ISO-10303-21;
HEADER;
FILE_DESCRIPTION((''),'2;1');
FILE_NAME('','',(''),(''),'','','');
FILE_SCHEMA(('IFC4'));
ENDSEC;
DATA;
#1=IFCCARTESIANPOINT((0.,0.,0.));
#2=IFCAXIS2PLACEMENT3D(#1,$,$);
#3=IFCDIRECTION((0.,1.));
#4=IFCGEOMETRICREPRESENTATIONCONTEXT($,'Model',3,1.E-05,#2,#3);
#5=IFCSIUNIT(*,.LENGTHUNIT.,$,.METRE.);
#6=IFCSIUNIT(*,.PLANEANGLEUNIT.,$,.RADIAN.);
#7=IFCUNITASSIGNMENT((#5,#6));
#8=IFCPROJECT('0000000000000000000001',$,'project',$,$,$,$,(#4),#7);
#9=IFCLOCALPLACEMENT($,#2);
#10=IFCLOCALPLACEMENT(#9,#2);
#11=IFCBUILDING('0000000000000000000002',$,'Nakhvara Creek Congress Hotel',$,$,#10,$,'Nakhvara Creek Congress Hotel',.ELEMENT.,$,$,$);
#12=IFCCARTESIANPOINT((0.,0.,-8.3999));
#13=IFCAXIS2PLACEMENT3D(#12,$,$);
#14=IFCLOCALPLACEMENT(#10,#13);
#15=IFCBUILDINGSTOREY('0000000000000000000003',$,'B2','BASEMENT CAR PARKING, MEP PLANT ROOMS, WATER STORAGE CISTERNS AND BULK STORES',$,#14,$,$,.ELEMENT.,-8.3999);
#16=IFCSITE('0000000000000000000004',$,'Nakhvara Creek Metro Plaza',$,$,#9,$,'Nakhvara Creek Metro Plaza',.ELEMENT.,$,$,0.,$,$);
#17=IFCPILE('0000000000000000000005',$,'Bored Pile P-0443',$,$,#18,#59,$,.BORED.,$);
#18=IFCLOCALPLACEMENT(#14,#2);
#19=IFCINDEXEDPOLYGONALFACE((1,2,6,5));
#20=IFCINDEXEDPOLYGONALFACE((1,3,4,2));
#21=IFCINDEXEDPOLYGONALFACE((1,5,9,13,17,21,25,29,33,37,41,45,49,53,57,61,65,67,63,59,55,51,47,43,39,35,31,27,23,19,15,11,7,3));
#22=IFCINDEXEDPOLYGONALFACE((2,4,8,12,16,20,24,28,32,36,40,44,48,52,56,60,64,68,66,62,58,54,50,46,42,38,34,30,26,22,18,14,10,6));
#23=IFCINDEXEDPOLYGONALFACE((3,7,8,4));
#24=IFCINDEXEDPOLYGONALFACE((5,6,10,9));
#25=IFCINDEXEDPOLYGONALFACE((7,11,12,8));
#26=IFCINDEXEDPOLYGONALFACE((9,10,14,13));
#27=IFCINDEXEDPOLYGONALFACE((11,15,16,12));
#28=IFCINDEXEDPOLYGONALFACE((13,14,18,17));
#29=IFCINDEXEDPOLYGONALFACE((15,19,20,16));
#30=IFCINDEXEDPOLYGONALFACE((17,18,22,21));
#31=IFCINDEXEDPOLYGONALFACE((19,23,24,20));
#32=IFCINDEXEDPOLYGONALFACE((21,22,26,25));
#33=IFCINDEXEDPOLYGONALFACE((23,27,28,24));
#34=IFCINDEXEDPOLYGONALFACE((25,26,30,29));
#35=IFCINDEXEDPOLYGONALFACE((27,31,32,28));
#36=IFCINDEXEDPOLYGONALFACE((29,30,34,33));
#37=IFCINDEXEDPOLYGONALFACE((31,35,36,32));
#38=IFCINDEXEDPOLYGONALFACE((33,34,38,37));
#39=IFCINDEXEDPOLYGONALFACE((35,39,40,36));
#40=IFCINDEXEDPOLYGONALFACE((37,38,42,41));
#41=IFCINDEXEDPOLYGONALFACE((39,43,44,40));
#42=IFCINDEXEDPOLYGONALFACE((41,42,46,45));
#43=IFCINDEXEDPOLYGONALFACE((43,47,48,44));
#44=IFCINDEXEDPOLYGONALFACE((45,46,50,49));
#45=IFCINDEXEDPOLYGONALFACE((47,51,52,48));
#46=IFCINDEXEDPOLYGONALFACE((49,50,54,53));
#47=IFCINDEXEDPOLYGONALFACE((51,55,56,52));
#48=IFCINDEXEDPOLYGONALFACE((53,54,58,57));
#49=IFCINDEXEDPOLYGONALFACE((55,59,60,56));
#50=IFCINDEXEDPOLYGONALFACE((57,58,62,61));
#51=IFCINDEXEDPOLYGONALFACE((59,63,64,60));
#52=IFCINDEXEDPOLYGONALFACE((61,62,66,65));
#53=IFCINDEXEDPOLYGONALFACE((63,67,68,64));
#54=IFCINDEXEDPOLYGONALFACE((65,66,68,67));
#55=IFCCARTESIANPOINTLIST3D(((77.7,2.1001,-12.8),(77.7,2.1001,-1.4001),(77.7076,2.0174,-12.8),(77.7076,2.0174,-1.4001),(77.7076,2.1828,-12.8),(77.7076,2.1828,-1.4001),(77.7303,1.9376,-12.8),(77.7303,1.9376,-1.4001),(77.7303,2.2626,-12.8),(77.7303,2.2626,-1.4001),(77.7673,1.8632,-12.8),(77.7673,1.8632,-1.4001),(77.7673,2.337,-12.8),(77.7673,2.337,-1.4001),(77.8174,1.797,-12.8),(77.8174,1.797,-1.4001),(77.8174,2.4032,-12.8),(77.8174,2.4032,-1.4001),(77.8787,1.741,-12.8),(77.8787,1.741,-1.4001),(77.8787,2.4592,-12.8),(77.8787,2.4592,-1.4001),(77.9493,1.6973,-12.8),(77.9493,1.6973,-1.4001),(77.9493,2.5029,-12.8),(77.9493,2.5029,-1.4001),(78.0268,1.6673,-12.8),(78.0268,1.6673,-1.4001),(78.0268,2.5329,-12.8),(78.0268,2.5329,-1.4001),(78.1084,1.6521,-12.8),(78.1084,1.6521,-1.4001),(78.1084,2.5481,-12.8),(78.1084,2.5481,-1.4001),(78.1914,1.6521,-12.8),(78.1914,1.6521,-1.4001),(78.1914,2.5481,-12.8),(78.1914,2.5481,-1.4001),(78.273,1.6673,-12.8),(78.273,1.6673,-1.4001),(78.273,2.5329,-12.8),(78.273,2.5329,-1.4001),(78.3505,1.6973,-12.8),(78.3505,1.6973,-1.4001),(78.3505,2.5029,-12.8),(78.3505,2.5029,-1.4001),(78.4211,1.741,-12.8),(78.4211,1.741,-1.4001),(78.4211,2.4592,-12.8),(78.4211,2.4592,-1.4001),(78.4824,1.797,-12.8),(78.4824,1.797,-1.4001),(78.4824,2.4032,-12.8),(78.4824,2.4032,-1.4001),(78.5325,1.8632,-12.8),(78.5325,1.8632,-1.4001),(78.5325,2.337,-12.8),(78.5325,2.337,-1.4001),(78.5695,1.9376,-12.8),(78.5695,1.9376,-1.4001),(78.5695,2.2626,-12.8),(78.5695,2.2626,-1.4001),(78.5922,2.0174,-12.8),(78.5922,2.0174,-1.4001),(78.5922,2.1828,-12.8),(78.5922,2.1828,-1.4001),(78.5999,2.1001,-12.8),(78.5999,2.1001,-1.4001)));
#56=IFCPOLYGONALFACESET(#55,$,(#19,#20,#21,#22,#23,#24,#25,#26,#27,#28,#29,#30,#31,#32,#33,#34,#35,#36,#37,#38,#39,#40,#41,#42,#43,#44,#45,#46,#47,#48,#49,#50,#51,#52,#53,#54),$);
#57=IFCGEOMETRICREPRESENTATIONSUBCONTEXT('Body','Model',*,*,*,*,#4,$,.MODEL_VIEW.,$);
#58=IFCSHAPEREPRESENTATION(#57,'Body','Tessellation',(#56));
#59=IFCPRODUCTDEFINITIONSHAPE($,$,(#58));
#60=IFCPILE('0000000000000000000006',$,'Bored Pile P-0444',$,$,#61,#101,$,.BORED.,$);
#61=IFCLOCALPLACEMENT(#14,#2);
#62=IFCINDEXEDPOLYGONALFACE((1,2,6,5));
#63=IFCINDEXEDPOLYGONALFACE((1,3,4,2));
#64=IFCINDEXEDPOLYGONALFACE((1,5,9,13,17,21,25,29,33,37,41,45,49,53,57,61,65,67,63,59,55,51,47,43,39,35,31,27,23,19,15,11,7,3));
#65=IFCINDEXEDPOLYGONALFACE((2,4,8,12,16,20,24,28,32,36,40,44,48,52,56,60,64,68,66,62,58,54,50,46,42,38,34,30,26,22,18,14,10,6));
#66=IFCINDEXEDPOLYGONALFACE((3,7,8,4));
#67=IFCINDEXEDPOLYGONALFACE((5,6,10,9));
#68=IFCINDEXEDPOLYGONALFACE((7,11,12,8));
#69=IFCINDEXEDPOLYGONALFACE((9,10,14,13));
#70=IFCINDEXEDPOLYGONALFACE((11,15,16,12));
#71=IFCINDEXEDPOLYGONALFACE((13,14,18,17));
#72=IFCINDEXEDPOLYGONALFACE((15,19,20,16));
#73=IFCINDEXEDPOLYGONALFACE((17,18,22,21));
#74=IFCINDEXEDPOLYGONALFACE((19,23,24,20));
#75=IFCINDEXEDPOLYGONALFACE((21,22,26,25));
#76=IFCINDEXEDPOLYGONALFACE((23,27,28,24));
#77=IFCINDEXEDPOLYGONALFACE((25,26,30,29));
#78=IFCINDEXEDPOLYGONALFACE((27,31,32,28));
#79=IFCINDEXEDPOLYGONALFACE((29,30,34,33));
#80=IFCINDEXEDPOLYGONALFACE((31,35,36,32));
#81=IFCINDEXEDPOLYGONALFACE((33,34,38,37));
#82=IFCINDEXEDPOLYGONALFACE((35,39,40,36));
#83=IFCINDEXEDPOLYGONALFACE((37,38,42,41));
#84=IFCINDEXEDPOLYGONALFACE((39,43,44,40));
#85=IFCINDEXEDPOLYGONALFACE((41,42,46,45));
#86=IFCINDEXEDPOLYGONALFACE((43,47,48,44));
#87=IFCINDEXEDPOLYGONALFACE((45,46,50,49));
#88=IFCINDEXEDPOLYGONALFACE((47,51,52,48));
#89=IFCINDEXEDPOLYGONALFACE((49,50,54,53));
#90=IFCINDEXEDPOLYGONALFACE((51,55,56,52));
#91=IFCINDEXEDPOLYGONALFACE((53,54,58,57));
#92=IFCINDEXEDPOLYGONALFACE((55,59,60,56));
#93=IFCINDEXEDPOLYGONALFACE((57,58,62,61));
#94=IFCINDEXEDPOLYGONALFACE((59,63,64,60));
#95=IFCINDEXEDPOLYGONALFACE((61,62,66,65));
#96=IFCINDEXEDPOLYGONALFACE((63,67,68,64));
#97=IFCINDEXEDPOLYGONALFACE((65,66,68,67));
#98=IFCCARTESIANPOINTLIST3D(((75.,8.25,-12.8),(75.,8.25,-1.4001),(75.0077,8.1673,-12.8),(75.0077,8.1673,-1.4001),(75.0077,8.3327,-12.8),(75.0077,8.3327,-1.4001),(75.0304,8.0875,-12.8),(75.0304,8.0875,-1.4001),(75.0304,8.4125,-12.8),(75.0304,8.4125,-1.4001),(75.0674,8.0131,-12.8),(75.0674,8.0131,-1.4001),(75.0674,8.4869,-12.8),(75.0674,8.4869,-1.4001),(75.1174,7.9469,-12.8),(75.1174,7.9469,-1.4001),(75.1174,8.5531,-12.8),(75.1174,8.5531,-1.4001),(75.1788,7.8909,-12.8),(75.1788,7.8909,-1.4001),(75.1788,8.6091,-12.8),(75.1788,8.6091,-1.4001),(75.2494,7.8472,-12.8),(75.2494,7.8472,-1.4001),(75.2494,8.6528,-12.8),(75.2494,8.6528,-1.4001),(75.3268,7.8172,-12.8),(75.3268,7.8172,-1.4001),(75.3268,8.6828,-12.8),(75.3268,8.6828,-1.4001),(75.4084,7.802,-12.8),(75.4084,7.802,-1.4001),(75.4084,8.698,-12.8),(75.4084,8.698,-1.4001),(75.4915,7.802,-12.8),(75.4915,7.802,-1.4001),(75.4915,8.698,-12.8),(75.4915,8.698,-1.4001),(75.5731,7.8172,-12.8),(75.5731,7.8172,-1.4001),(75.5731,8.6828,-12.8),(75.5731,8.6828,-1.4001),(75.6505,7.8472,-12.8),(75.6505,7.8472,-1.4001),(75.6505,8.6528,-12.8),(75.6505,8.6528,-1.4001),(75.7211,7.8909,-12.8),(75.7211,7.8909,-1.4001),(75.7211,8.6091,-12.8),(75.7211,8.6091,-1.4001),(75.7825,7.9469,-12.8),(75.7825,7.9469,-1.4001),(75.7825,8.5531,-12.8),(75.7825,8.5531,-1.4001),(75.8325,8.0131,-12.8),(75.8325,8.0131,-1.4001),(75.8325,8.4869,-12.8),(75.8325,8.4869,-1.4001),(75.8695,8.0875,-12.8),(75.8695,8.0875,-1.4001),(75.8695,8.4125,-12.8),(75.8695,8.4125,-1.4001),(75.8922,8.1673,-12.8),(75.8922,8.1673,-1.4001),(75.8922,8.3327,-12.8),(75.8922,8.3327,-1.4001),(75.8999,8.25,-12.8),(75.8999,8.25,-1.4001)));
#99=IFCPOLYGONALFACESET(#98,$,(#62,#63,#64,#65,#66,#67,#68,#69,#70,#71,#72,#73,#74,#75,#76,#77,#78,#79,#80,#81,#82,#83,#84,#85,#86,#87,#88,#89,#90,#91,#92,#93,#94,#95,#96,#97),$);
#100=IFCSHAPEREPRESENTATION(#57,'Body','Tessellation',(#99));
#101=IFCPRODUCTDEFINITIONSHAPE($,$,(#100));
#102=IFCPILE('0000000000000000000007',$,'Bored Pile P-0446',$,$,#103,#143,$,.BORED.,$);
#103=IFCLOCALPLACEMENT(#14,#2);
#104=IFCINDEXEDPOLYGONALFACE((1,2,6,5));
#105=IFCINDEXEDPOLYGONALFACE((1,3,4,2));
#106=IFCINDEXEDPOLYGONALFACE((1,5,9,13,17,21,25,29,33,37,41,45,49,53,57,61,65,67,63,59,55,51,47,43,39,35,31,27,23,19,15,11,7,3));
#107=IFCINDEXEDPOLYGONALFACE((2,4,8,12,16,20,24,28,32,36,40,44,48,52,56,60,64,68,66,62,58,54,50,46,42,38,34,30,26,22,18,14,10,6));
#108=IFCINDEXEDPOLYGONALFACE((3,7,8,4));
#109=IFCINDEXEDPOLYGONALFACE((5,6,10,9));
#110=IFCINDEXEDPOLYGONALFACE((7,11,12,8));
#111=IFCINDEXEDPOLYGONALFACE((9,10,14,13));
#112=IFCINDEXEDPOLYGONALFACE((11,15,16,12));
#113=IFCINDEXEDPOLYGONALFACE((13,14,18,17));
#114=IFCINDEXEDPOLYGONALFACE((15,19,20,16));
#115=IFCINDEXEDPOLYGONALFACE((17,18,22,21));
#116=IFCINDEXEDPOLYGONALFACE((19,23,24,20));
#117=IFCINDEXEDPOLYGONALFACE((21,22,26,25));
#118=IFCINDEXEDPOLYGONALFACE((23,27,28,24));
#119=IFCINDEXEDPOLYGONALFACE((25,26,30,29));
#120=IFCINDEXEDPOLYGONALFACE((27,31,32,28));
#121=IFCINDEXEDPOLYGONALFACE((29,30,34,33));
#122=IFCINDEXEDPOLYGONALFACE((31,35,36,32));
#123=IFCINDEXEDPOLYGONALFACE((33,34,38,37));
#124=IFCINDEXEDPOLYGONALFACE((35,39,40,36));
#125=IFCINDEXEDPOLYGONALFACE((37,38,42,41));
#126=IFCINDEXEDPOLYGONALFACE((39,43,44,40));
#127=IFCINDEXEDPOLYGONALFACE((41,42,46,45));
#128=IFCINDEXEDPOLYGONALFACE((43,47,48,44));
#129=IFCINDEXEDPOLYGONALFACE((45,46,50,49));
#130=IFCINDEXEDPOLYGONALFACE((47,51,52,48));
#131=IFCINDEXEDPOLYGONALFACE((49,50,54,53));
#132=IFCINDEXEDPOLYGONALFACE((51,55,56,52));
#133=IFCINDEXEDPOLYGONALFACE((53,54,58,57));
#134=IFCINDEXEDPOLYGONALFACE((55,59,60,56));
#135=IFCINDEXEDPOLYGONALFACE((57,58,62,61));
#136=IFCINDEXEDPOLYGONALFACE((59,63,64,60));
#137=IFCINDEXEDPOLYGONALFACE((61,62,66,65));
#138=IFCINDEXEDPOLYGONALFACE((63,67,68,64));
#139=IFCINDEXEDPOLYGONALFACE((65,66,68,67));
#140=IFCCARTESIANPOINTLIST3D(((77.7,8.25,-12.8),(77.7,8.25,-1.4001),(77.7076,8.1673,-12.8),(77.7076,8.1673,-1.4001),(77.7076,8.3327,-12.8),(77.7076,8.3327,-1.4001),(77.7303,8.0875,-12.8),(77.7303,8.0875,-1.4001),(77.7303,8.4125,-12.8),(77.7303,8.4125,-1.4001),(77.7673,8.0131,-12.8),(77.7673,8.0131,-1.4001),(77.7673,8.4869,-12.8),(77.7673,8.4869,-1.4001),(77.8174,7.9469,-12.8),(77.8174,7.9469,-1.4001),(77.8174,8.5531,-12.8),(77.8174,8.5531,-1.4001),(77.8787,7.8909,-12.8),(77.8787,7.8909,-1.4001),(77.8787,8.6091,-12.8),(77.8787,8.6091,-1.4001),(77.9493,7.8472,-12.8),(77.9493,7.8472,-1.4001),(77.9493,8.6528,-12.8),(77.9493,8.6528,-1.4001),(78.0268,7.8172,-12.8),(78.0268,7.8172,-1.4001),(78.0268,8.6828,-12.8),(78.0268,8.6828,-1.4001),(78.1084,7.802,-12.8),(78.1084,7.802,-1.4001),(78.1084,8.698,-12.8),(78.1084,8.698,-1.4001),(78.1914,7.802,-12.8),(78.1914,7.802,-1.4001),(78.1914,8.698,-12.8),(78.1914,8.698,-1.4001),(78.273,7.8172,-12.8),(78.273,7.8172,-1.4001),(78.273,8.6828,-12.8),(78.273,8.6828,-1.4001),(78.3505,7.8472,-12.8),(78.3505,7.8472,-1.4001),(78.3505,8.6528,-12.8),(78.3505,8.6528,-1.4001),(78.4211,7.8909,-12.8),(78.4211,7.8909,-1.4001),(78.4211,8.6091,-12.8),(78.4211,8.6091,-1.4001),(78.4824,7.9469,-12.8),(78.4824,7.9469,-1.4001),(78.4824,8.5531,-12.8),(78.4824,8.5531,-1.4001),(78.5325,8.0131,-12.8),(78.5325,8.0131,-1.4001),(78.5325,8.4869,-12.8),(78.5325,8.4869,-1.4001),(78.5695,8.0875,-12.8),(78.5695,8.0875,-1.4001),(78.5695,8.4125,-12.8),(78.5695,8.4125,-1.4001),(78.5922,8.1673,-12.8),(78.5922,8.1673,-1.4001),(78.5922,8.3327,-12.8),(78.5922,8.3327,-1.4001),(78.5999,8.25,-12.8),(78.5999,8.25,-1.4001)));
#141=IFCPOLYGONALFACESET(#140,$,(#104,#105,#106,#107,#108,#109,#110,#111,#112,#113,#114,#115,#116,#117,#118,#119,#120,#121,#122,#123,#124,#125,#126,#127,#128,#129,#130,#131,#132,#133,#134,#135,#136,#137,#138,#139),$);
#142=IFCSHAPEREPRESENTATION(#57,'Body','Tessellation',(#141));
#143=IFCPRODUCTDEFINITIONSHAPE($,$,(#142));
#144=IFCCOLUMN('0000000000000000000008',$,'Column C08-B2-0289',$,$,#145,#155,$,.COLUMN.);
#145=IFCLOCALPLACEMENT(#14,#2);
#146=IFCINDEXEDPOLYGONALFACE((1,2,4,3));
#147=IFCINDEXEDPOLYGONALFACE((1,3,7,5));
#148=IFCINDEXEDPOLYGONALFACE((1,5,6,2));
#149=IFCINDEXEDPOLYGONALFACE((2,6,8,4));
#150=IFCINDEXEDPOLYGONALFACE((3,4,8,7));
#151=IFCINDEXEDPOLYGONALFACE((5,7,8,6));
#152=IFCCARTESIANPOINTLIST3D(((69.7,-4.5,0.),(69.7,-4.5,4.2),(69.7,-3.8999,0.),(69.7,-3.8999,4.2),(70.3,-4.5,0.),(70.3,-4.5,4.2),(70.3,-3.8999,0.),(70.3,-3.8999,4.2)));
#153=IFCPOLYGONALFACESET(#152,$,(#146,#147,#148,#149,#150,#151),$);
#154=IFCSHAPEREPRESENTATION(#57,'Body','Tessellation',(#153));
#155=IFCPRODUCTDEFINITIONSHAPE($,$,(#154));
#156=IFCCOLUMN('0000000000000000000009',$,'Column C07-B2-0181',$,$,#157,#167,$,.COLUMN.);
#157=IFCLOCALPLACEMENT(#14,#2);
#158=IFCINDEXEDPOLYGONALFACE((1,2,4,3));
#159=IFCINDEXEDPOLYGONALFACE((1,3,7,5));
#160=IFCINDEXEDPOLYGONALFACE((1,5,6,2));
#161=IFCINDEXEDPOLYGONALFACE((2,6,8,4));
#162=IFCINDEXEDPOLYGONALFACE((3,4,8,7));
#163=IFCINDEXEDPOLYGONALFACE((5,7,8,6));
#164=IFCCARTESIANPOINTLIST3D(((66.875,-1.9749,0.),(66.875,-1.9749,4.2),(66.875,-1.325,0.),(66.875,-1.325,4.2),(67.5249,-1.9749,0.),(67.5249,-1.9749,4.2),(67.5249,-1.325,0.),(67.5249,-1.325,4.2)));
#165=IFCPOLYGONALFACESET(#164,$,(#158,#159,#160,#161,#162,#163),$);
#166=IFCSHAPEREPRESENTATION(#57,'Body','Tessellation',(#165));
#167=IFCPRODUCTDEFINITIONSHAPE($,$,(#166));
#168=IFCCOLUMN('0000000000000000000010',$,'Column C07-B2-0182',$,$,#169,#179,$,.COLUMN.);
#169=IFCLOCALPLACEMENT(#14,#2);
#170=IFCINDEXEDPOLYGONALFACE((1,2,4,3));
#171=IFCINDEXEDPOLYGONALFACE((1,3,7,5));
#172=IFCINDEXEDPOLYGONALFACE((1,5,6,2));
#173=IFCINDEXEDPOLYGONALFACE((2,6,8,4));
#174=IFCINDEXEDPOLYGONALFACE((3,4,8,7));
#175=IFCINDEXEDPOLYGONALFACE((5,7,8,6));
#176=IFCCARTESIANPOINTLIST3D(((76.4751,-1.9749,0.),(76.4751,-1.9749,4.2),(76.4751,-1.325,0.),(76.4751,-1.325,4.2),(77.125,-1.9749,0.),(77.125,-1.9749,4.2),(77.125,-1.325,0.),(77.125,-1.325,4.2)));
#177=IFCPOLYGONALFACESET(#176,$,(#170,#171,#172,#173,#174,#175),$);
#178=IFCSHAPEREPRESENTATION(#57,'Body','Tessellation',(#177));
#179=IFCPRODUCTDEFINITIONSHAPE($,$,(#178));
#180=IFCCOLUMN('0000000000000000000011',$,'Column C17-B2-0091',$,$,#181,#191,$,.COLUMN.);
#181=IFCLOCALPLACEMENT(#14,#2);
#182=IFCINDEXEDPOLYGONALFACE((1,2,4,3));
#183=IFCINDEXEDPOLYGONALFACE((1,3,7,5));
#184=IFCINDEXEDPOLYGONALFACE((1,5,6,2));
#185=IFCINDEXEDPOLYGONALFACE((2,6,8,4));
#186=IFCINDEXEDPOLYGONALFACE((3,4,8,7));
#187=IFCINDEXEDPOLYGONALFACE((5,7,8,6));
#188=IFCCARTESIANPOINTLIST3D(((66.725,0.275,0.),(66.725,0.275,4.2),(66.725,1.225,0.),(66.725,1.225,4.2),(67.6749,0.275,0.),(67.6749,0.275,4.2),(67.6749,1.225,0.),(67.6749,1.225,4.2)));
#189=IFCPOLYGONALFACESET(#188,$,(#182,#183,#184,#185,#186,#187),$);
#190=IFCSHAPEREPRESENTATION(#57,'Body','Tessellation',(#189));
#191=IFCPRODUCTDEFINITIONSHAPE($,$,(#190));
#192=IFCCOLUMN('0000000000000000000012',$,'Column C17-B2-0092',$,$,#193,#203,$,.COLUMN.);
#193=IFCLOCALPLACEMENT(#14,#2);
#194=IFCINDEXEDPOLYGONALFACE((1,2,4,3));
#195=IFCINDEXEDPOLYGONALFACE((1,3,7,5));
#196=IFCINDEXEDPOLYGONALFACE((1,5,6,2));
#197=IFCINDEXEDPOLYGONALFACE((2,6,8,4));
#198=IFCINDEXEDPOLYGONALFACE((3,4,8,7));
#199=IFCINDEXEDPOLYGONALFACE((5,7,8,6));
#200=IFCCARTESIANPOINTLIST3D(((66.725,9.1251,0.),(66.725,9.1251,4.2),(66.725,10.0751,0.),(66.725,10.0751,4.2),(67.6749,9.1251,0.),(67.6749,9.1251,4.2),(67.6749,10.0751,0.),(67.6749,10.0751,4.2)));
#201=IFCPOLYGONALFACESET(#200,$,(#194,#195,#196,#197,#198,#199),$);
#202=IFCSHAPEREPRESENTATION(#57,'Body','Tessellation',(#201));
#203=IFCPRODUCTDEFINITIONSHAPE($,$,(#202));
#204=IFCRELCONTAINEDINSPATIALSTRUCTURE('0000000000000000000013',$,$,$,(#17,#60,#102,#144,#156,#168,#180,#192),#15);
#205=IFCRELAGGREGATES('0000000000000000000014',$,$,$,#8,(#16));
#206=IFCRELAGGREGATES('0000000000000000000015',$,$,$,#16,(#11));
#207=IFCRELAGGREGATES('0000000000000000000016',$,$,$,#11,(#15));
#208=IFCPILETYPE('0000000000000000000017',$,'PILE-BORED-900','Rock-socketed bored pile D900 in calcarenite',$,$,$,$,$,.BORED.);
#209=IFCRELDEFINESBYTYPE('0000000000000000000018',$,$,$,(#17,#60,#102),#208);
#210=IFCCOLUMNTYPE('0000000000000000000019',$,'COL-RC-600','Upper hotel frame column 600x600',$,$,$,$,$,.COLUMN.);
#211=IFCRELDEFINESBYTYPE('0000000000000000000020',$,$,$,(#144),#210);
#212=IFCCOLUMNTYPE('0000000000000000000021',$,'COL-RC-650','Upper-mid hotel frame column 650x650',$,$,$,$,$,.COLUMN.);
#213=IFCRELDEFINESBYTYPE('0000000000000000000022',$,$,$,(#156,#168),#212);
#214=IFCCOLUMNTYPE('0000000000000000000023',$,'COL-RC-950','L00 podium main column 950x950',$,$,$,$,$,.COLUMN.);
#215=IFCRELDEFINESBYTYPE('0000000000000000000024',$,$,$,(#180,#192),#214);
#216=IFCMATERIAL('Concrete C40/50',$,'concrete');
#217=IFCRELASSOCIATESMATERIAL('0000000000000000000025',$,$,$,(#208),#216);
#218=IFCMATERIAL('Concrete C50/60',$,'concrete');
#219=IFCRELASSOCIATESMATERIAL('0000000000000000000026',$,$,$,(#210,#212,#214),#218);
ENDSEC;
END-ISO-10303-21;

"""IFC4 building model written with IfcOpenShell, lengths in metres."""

from ifc_helpers import new_model, si_unit, direction, frame, origin, origin_2d, place, context, subcontext, project, spatial, rectangle, circle, extrude, material, material_profile, profile_set, type_object, element, save


model = new_model("IFC4")

# Units and contexts
model_context = context("Model", 3, precision=1e-05, world=origin(), true_north=direction((0.0, 1.0)))
body_context = subcontext(model_context, "Body", "Model", "MODEL_VIEW")
ifc_project = project(units=[si_unit("LENGTHUNIT", "METRE"), si_unit("PLANEANGLEUNIT", "RADIAN")], contexts=[model_context])

# Site, building, storey
site_placement = place(None, origin())
site = spatial("IfcSite", under=ifc_project, at=site_placement, Name="Nakhvara Creek Metro Plaza", LongName="Nakhvara Creek Metro Plaza", CompositionType="ELEMENT", RefElevation=0.0)
building_placement = place(site_placement, origin())
building = spatial("IfcBuilding", under=site, at=building_placement, Name="Nakhvara Creek Congress Hotel", LongName="Nakhvara Creek Congress Hotel", CompositionType="ELEMENT")
storey_placement = place(building_placement, frame((0.0, 0.0, -8.3999)))
storey = spatial("IfcBuildingStorey", under=building, at=storey_placement, Name="B2", Description="BASEMENT CAR PARKING, MEP PLANT ROOMS, WATER STORAGE CISTERNS AND BULK STORES", CompositionType="ELEMENT", Elevation=-8.3999)

# Shared definitions
ifc_material_1 = material(Name="Concrete C40/50", Category="concrete")

# Piles
ifc_material_profile_1 = material_profile(ifc_material_1, circle(Radius=0.45, at=origin_2d()), Name="BORED PILE D900", Category="LoadBearing")
ifc_profile_set_1 = profile_set([ifc_material_profile_1], Name="Concrete C40/50")
pile_type = type_object("IfcPileType", Name="PILE-BORED-900", Description="Rock-socketed bored pile D900 in calcarenite", PredefinedType="BORED", material=ifc_profile_set_1)
for number, where, z_axis, x_axis, name in (
    (1, (78.1499, 2.1001, -1.4001), (0.0, 0.0, -1.0), (1.0, 0.0, 0.0), "Bored Pile P-0443"),
    (2, (75.45, 8.25, -1.4001), (0.0, 0.0, -1.0), (1.0, 0.0, 0.0), "Bored Pile P-0444"),
    (3, (78.1499, 8.25, -1.4001), (0.0, 0.0, -1.0), (1.0, 0.0, 0.0), "Bored Pile P-0446"),
):
    element("IfcPile", number, at=place(storey_placement, frame(where, z_axis=z_axis, x_axis=x_axis)), inside=storey, type_object=pile_type, Name=name, PredefinedType="BORED", context=body_context, shape_type="SweptSolid", body=[
        extrude(circle(Radius=0.45, at=origin_2d()), origin(), (0.0, 0.0, 1.0), 11.3999),
    ])

# Columns
ifc_material_2 = material(Name="Concrete C50/60", Category="concrete")
ifc_material_profile_2 = material_profile(ifc_material_2, rectangle(XDim=0.6001, YDim=0.6001, at=origin_2d()), Name="RC-COL 600x600", Category="LoadBearing")
ifc_profile_set_2 = profile_set([ifc_material_profile_2], Name="Concrete C50/60")
column_type_1 = type_object("IfcColumnType", Name="COL-RC-600", Description="Upper hotel frame column 600x600", PredefinedType="COLUMN", material=ifc_profile_set_2)
column_placement = place(storey_placement, frame((70.0, -4.2, 0.0), z_axis=(0.0, 0.0, 1.0), x_axis=(1.0, 0.0, 0.0)))
element("IfcColumn", 4, at=column_placement, inside=storey, type_object=column_type_1, Name="Column C08-B2-0289", PredefinedType="COLUMN", context=body_context, shape_type="SweptSolid", body=[
    extrude(rectangle(XDim=0.6001, YDim=0.6001, at=origin_2d()), origin(), (0.0, 0.0, 1.0), 4.2),
])
ifc_material_profile_3 = material_profile(ifc_material_2, rectangle(XDim=0.6499, YDim=0.6499, at=origin_2d()), Name="RC-COL 650x650", Category="LoadBearing")
ifc_profile_set_3 = profile_set([ifc_material_profile_3], Name="Concrete C50/60")
column_type_2 = type_object("IfcColumnType", Name="COL-RC-650", Description="Upper-mid hotel frame column 650x650", PredefinedType="COLUMN", material=ifc_profile_set_3)
for number, where, z_axis, x_axis, name in (
    (5, (67.2, -1.6499, 0.0), (0.0, 0.0, 1.0), (1.0, 0.0, 0.0), "Column C07-B2-0181"),
    (6, (76.8, -1.6499, 0.0), (0.0, 0.0, 1.0), (1.0, 0.0, 0.0), "Column C07-B2-0182"),
):
    element("IfcColumn", number, at=place(storey_placement, frame(where, z_axis=z_axis, x_axis=x_axis)), inside=storey, type_object=column_type_2, Name=name, PredefinedType="COLUMN", context=body_context, shape_type="SweptSolid", body=[
        extrude(rectangle(XDim=0.6499, YDim=0.6499, at=origin_2d()), origin(), (0.0, 0.0, 1.0), 4.2),
    ])
ifc_material_profile_4 = material_profile(ifc_material_2, rectangle(XDim=0.95, YDim=0.95, at=origin_2d()), Name="RC-COL 950x950", Category="LoadBearing")
ifc_profile_set_4 = profile_set([ifc_material_profile_4], Name="Concrete C50/60")
column_type_3 = type_object("IfcColumnType", Name="COL-RC-950", Description="L00 podium main column 950x950", PredefinedType="COLUMN", material=ifc_profile_set_4)
for number, where, z_axis, x_axis, name in (
    (7, (67.2, 0.75, 0.0), (0.0, 0.0, 1.0), (1.0, 0.0, 0.0), "Column C17-B2-0091"),
    (8, (67.2, 9.6001, 0.0), (0.0, 0.0, 1.0), (1.0, 0.0, 0.0), "Column C17-B2-0092"),
):
    element("IfcColumn", number, at=place(storey_placement, frame(where, z_axis=z_axis, x_axis=x_axis)), inside=storey, type_object=column_type_3, Name=name, PredefinedType="COLUMN", context=body_context, shape_type="SweptSolid", body=[
        extrude(rectangle(XDim=0.95, YDim=0.95, at=origin_2d()), origin(), (0.0, 0.0, 1.0), 4.2),
    ])

save(model, "model.ifc")
